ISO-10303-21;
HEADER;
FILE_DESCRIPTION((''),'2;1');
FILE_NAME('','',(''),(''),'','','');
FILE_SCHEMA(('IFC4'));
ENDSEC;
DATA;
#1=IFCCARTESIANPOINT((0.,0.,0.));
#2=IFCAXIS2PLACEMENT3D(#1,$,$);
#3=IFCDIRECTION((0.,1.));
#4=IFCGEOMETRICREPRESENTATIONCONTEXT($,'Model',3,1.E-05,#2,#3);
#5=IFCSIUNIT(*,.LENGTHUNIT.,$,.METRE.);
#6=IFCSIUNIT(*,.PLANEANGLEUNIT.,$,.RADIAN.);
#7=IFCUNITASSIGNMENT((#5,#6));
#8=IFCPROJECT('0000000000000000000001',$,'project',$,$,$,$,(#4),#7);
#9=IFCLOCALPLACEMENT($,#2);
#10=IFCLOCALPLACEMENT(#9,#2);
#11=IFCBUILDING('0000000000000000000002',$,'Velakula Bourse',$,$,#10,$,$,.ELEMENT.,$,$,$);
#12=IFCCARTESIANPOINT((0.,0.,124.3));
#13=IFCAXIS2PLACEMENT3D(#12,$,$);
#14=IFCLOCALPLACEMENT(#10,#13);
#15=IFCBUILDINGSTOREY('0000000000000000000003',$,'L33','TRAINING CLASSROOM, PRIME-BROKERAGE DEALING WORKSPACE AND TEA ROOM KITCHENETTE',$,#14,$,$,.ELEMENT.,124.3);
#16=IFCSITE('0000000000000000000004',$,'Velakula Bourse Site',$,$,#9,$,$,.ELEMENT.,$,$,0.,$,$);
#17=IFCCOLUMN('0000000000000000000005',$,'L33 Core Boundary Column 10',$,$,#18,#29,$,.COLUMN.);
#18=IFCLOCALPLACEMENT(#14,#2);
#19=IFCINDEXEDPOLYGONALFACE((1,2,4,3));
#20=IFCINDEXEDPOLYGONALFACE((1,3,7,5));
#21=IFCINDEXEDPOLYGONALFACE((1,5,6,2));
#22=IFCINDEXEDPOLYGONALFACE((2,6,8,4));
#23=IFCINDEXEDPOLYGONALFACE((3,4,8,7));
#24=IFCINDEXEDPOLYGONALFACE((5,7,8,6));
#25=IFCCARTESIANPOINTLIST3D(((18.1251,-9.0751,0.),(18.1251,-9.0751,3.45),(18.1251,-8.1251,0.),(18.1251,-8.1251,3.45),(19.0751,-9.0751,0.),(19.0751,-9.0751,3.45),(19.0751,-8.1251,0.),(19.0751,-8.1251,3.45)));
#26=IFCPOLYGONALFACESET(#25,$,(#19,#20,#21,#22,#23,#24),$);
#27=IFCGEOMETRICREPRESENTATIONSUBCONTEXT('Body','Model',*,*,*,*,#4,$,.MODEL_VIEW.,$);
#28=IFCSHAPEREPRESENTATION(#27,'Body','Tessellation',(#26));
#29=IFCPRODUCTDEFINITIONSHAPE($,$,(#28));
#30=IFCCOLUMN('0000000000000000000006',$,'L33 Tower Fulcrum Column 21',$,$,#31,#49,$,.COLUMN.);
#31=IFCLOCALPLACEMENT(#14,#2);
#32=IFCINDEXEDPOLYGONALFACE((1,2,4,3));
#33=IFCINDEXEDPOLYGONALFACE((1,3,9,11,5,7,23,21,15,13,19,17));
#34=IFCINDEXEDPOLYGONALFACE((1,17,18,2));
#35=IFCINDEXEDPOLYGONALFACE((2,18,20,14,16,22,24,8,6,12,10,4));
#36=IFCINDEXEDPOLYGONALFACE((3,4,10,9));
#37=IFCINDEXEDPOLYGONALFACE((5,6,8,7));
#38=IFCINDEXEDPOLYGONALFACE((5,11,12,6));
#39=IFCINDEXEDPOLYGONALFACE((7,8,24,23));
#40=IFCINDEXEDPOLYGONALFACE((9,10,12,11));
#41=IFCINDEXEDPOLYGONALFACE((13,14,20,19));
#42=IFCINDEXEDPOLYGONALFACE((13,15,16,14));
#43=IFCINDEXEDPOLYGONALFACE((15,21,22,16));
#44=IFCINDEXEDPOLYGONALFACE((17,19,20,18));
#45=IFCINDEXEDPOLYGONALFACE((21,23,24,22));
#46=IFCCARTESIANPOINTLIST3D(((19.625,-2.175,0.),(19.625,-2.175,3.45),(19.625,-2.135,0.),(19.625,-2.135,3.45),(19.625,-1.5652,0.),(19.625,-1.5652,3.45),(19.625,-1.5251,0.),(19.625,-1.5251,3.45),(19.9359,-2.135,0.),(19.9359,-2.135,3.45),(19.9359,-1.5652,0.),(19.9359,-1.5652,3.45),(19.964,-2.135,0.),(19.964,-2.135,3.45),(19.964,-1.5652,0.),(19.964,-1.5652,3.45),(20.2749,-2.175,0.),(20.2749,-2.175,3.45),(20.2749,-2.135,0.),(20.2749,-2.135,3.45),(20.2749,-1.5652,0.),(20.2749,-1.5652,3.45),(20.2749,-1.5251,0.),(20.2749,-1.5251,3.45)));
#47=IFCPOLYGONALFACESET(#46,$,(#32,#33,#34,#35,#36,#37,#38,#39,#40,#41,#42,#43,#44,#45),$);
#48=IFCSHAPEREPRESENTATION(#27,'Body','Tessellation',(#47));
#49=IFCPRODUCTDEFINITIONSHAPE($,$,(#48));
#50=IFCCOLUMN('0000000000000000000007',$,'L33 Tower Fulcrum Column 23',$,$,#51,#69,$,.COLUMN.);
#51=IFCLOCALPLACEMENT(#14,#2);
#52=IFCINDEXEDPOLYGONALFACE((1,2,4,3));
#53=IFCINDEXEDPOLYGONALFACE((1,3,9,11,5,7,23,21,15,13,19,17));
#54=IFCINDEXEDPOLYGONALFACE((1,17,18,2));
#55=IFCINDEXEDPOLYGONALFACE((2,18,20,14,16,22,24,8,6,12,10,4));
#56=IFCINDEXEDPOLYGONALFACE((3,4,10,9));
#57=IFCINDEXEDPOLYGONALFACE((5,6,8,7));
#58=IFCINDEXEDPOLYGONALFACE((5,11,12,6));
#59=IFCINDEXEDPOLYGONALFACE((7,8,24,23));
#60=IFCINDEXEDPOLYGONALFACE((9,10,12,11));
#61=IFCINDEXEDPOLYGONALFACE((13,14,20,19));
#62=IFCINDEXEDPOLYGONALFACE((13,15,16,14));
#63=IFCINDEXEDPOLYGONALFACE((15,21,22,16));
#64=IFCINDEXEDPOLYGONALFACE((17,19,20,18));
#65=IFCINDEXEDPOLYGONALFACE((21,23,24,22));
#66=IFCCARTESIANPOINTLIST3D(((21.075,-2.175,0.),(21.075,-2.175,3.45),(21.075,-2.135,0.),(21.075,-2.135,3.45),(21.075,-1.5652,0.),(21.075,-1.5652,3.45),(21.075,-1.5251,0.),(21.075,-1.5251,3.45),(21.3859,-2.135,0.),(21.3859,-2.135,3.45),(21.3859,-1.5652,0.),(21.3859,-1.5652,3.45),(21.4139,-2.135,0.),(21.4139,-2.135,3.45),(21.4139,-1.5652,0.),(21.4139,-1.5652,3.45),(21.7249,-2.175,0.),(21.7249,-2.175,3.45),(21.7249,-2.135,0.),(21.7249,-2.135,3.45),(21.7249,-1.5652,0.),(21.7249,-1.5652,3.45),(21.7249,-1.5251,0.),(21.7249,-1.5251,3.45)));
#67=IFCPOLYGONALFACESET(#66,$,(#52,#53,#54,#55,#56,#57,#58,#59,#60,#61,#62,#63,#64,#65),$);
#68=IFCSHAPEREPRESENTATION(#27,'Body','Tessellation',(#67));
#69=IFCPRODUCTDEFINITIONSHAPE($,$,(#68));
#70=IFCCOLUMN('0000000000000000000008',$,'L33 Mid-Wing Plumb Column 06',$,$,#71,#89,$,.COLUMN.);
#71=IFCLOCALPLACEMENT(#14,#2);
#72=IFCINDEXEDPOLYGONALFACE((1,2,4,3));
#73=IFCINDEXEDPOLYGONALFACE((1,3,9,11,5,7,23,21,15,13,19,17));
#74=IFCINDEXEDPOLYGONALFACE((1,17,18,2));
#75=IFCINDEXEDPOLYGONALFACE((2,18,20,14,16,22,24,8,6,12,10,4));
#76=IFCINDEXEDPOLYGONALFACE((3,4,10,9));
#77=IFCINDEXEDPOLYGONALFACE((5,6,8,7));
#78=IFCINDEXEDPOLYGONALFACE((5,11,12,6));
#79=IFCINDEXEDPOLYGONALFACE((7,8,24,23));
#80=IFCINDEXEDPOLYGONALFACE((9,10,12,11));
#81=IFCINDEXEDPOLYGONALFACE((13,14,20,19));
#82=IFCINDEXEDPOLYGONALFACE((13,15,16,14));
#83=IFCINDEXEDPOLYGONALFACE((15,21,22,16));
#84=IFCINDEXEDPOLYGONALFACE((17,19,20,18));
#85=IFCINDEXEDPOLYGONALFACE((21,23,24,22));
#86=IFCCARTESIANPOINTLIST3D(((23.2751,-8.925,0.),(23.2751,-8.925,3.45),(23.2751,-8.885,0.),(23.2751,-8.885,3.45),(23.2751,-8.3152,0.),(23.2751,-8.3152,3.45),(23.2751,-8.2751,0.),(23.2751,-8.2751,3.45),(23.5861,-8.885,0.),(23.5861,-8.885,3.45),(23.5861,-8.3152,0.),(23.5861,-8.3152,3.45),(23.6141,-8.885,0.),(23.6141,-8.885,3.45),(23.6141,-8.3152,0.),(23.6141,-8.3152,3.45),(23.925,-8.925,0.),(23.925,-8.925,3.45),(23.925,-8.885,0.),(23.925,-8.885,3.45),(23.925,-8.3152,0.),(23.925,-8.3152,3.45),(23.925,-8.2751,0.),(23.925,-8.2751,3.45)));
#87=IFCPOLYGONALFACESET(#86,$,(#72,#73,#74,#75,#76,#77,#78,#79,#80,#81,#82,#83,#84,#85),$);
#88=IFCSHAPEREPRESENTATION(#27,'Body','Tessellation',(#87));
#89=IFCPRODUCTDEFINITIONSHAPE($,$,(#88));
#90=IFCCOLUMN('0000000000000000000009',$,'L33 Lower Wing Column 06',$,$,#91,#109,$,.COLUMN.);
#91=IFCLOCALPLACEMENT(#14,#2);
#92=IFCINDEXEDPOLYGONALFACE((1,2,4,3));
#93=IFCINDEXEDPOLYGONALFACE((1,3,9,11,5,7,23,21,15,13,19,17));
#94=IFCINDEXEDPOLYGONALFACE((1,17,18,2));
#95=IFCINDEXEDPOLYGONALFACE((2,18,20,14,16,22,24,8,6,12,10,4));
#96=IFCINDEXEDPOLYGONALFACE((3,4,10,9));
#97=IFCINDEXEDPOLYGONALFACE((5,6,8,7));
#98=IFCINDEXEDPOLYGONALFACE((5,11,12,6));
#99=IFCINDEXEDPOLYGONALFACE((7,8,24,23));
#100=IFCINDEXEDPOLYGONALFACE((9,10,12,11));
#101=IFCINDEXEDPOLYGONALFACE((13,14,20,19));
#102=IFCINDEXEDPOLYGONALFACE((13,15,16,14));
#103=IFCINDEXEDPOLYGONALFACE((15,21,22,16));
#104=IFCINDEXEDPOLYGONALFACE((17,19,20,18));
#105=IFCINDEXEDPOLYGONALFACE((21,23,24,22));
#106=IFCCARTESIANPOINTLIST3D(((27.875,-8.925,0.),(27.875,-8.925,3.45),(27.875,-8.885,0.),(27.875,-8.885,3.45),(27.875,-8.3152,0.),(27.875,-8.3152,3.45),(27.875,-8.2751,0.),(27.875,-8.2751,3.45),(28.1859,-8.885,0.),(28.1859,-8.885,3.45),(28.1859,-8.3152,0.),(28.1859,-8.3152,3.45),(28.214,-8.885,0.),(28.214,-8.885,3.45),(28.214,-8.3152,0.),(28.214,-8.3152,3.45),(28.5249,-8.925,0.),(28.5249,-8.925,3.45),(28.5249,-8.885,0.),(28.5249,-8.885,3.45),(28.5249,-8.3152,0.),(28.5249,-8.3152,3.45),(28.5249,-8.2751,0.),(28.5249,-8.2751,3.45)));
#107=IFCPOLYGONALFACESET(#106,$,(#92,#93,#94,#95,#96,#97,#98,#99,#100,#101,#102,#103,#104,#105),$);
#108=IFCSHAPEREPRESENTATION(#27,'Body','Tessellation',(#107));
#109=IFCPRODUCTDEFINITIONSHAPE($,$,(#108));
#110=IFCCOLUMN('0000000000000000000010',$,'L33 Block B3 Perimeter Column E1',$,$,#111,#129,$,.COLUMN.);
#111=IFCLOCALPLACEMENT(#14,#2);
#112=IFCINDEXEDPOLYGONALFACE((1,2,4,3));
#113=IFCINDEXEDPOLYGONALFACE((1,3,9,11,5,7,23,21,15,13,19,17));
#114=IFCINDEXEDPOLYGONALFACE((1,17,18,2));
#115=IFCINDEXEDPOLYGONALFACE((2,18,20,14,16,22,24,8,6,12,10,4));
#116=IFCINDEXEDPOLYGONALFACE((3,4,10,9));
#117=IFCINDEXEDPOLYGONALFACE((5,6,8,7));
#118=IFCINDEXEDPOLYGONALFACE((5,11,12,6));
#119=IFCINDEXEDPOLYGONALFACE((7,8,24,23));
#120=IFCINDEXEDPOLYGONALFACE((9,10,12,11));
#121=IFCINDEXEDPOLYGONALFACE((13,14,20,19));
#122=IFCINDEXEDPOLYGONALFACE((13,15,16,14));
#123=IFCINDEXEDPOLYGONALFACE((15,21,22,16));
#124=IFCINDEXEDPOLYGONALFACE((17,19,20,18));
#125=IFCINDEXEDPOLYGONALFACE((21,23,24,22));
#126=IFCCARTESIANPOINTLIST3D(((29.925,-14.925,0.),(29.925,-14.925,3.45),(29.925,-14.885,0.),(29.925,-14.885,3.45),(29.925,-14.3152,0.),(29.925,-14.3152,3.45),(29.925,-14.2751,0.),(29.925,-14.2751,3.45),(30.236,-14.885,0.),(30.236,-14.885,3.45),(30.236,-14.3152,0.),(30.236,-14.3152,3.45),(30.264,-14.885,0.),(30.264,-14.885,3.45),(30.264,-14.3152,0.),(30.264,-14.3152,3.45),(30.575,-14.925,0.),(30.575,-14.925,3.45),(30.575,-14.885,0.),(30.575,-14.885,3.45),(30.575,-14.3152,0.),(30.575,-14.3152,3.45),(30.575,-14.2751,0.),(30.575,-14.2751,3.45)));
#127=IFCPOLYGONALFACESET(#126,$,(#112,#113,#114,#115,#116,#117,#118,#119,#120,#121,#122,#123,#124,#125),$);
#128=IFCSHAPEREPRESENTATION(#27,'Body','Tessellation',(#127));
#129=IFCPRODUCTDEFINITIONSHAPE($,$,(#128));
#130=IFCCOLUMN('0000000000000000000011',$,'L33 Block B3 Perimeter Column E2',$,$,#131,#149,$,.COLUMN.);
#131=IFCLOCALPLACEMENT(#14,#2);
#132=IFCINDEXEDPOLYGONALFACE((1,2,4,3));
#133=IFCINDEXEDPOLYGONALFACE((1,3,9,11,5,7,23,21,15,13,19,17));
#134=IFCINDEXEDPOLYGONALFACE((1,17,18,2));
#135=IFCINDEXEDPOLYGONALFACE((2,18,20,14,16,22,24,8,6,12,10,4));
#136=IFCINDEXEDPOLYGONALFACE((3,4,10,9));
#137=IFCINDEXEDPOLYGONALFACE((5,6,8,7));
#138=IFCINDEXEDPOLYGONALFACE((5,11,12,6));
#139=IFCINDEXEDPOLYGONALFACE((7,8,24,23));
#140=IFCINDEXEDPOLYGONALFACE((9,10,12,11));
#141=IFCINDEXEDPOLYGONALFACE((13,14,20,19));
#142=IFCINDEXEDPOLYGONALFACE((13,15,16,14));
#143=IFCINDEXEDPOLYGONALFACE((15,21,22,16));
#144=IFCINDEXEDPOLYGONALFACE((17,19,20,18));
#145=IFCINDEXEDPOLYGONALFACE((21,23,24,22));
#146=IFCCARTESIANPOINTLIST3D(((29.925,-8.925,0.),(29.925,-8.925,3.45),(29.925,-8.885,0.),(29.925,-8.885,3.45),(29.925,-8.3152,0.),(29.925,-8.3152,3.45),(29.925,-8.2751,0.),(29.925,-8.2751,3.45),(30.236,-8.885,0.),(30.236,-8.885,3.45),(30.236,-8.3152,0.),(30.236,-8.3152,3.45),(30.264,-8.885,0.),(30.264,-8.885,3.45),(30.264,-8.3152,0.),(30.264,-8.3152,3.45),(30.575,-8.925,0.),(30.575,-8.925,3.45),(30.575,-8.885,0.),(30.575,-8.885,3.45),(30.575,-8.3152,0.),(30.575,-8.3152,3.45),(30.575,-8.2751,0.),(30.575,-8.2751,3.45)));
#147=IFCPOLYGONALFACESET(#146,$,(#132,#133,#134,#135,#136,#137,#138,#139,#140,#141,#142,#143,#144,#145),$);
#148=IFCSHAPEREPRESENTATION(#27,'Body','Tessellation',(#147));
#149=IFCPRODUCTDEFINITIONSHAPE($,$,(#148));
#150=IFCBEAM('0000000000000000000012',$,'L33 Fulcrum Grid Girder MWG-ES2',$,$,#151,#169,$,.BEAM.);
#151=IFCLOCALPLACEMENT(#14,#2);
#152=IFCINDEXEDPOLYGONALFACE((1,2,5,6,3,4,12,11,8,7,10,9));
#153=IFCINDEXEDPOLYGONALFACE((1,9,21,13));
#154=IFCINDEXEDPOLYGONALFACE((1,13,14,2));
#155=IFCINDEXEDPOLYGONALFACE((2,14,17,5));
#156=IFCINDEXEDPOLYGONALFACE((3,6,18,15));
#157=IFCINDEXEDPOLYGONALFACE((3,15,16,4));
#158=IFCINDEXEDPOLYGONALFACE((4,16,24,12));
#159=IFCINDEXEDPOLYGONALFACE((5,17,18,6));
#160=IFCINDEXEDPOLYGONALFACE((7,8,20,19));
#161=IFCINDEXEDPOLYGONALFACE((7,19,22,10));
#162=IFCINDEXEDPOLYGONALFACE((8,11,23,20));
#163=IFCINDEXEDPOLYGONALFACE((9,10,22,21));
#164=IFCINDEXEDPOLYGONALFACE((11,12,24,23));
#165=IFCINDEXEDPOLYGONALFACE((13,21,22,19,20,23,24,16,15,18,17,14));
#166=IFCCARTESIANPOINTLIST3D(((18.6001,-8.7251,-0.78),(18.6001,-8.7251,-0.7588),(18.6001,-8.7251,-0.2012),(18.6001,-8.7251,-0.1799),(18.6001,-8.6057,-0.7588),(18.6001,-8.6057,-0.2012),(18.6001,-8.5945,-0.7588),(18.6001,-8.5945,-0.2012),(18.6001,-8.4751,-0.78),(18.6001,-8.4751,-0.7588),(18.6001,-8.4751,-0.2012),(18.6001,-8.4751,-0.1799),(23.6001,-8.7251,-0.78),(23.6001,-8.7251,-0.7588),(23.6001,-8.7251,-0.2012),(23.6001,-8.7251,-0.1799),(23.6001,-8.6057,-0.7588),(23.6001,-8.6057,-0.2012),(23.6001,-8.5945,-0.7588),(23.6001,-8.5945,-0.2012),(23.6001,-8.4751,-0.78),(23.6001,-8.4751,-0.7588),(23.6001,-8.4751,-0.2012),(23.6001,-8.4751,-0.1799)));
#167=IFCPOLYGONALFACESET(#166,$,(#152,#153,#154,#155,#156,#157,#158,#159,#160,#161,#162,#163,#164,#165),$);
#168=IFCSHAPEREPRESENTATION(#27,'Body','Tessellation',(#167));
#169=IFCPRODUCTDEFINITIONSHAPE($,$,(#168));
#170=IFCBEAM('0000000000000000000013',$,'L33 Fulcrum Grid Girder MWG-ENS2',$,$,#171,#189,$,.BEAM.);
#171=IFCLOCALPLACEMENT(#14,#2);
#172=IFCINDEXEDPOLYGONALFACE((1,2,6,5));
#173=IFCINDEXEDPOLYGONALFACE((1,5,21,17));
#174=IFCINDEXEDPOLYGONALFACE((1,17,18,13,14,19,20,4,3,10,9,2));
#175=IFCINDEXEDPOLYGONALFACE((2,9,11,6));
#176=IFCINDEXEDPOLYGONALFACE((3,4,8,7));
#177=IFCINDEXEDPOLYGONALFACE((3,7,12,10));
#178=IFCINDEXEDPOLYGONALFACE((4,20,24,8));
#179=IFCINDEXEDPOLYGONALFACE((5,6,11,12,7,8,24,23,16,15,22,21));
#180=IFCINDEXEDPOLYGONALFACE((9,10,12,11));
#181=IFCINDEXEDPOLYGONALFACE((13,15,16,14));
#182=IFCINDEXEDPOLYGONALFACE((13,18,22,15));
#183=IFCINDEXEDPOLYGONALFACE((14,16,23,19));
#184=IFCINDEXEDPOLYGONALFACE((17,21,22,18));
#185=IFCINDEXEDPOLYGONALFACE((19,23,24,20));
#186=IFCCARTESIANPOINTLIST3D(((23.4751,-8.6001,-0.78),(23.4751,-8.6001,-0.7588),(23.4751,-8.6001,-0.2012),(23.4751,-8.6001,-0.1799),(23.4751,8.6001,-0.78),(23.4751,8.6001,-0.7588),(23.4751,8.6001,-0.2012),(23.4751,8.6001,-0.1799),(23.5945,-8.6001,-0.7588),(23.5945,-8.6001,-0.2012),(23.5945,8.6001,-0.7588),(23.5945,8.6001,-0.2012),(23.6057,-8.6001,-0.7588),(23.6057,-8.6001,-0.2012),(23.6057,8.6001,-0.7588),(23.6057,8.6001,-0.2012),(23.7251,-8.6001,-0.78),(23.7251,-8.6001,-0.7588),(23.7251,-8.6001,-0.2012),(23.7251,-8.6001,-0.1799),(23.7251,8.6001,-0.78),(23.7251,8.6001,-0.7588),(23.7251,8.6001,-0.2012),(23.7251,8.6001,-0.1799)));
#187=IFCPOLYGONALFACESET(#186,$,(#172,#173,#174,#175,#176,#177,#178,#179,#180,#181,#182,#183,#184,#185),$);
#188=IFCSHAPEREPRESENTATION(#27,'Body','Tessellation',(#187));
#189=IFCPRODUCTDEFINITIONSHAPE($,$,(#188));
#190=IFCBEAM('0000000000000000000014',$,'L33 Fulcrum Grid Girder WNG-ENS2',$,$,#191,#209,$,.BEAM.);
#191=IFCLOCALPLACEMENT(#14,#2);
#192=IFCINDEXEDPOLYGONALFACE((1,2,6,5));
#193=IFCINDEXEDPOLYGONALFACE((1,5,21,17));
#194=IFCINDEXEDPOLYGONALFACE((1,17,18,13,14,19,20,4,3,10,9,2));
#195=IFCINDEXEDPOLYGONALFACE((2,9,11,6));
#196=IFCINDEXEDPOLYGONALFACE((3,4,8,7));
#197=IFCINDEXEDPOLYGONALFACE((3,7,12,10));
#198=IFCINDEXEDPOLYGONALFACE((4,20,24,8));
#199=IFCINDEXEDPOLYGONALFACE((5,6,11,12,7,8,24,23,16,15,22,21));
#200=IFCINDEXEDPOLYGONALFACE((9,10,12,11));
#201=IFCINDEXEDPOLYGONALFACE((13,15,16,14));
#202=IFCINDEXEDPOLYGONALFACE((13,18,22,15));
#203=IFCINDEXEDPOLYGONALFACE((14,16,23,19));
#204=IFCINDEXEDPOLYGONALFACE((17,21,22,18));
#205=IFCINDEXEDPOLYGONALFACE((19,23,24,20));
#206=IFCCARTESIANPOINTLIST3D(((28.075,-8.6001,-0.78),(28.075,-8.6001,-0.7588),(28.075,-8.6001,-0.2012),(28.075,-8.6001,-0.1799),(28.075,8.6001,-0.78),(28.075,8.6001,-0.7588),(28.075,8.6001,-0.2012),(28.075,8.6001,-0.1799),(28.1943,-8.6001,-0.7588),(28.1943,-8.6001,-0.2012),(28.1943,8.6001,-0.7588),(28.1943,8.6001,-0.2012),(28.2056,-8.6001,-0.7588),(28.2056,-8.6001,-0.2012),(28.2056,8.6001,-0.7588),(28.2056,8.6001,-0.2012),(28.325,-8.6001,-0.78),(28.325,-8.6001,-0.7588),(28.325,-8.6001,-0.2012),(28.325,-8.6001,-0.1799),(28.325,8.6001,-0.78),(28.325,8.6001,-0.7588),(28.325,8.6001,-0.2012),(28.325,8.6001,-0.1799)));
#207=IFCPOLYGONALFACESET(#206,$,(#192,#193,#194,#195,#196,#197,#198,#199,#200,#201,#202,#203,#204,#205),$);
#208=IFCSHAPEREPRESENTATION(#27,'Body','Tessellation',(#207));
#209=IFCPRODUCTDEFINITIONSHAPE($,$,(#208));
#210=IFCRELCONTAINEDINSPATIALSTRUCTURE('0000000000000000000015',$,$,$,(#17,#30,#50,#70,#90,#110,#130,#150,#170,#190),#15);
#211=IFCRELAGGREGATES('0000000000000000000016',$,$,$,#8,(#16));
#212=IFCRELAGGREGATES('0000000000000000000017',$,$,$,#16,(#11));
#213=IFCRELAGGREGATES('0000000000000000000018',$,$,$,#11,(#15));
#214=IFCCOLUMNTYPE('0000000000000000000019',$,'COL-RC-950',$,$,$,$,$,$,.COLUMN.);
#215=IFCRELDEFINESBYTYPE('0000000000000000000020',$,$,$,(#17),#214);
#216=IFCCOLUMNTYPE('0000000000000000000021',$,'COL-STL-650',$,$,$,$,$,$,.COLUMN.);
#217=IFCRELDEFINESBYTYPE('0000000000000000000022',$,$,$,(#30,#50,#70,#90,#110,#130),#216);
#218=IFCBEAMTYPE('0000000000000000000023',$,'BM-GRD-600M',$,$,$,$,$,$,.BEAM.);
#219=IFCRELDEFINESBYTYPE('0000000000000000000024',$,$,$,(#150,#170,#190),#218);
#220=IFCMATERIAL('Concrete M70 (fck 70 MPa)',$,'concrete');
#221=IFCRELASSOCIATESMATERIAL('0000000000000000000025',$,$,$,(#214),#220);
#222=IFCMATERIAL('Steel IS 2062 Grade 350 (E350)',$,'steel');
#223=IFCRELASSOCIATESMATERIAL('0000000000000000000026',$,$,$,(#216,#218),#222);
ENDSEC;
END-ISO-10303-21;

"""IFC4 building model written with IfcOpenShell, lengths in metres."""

from ifc_helpers import new_model, si_unit, direction, frame, origin, origin_2d, place, context, subcontext, project, spatial, rectangle, i_section, extrude, material, material_profile, profile_set, type_object, element, save


model = new_model("IFC4")

# Units and contexts
model_context = context("Model", 3, precision=1e-05, world=origin(), true_north=direction((0.0, 1.0)))
body_context = subcontext(model_context, "Body", "Model", "MODEL_VIEW")
ifc_project = project(units=[si_unit("LENGTHUNIT", "METRE"), si_unit("PLANEANGLEUNIT", "RADIAN")], contexts=[model_context])

# Site, building, storey
site_placement = place(None, origin())
site = spatial("IfcSite", under=ifc_project, at=site_placement, Name="Velakula Bourse Site", CompositionType="ELEMENT", RefElevation=0.0)
building_placement = place(site_placement, origin())
building = spatial("IfcBuilding", under=site, at=building_placement, Name="Velakula Bourse", CompositionType="ELEMENT")
storey_placement = place(building_placement, frame((0.0, 0.0, 124.3)))
storey = spatial("IfcBuildingStorey", under=building, at=storey_placement, Name="L33", Description="TRAINING CLASSROOM, PRIME-BROKERAGE DEALING WORKSPACE AND TEA ROOM KITCHENETTE", CompositionType="ELEMENT", Elevation=124.3)

# Columns
ifc_material_1 = material(Name="Concrete M70 (fck 70 MPa)", Category="concrete")
ifc_material_profile_1 = material_profile(ifc_material_1, rectangle(XDim=0.95, YDim=0.95, at=origin_2d()), Name="Concrete M70 (fck 70 MPa)")
ifc_profile_set_1 = profile_set([ifc_material_profile_1], Name="Concrete M70 (fck 70 MPa)")
column_type_1 = type_object("IfcColumnType", Name="COL-RC-950", PredefinedType="COLUMN", material=ifc_profile_set_1)
column_placement = place(storey_placement, frame((18.6001, -8.6001, 0.0), z_axis=(0.0, 0.0, 1.0), x_axis=(1.0, 0.0, 0.0)))
element("IfcColumn", 1, at=column_placement, inside=storey, type_object=column_type_1, Name="L33 Core Boundary Column 10", PredefinedType="COLUMN", context=body_context, shape_type="SweptSolid", body=[
    extrude(rectangle(XDim=0.95, YDim=0.95, at=origin_2d()), origin(), (0.0, 0.0, 1.0), 3.45),
])
ifc_material_2 = material(Name="Steel IS 2062 Grade 350 (E350)", Category="steel")
ifc_material_profile_2 = material_profile(ifc_material_2, i_section(OverallWidth=0.6499, OverallDepth=0.6499, WebThickness=0.0281, FlangeThickness=0.04, at=origin_2d()), Name="Steel IS 2062 Grade 350 (E350)")
ifc_profile_set_2 = profile_set([ifc_material_profile_2], Name="Steel IS 2062 Grade 350 (E350)")
column_type_2 = type_object("IfcColumnType", Name="COL-STL-650", PredefinedType="COLUMN", material=ifc_profile_set_2)
for number, where, z_axis, x_axis, name in (
    (2, (19.95, -1.8501, 0.0), (0.0, 0.0, 1.0), (1.0, 0.0, 0.0), "L33 Tower Fulcrum Column 21"),
    (3, (21.3999, -1.8501, 0.0), (0.0, 0.0, 1.0), (1.0, 0.0, 0.0), "L33 Tower Fulcrum Column 23"),
    (4, (23.6001, -8.6001, 0.0), (0.0, 0.0, 1.0), (1.0, 0.0, 0.0), "L33 Mid-Wing Plumb Column 06"),
    (5, (28.2, -8.6001, 0.0), (0.0, 0.0, 1.0), (1.0, 0.0, 0.0), "L33 Lower Wing Column 06"),
    (6, (30.25, -14.6001, 0.0), (0.0, 0.0, 1.0), (1.0, 0.0, 0.0), "L33 Block B3 Perimeter Column E1"),
    (7, (30.25, -8.6001, 0.0), (0.0, 0.0, 1.0), (1.0, 0.0, 0.0), "L33 Block B3 Perimeter Column E2"),
):
    element("IfcColumn", number, at=place(storey_placement, frame(where, z_axis=z_axis, x_axis=x_axis)), inside=storey, type_object=column_type_2, Name=name, PredefinedType="COLUMN", context=body_context, shape_type="SweptSolid", body=[
        extrude(i_section(OverallWidth=0.6499, OverallDepth=0.6499, WebThickness=0.0281, FlangeThickness=0.04, at=origin_2d()), origin(), (0.0, 0.0, 1.0), 3.45),
    ])

# Beams
ifc_material_profile_3 = material_profile(ifc_material_2, i_section(OverallWidth=0.25, OverallDepth=0.6001, WebThickness=0.0112, FlangeThickness=0.0212, at=origin_2d()), Name="Steel IS 2062 Grade 350 (E350)")
ifc_profile_set_3 = profile_set([ifc_material_profile_3], Name="Steel IS 2062 Grade 350 (E350)")
beam_type_1 = type_object("IfcBeamType", Name="BM-GRD-600M", PredefinedType="BEAM", material=ifc_profile_set_3)
beam_1_placement = place(storey_placement, frame((18.6001, -8.6001, -0.48), z_axis=(1.0, 0.0, 0.0), x_axis=(0.0, 1.0, 0.0)))
element("IfcBeam", 8, at=beam_1_placement, inside=storey, type_object=beam_type_1, Name="L33 Fulcrum Grid Girder MWG-ES2", PredefinedType="BEAM", context=body_context, shape_type="SweptSolid", body=[
    extrude(i_section(OverallWidth=0.25, OverallDepth=0.6001, WebThickness=0.0112, FlangeThickness=0.0212, at=origin_2d()), origin(), (0.0, 0.0, 1.0), 5.0),
])
for number, where, z_axis, x_axis, name in (
    (9, (23.6001, -8.6001, -0.48), (0.0, 1.0, 0.0), (-1.0, 0.0, 0.0), "L33 Fulcrum Grid Girder MWG-ENS2"),
    (10, (28.2, -8.6001, -0.48), (0.0, 1.0, 0.0), (-1.0, 0.0, 0.0), "L33 Fulcrum Grid Girder WNG-ENS2"),
):
    element("IfcBeam", number, at=place(storey_placement, frame(where, z_axis=z_axis, x_axis=x_axis)), inside=storey, type_object=beam_type_1, Name=name, PredefinedType="BEAM", context=body_context, shape_type="SweptSolid", body=[
        extrude(i_section(OverallWidth=0.25, OverallDepth=0.6001, WebThickness=0.0112, FlangeThickness=0.0212, at=origin_2d()), origin(), (0.0, 0.0, 1.0), 17.2002),
    ])

save(model, "model.ifc")
